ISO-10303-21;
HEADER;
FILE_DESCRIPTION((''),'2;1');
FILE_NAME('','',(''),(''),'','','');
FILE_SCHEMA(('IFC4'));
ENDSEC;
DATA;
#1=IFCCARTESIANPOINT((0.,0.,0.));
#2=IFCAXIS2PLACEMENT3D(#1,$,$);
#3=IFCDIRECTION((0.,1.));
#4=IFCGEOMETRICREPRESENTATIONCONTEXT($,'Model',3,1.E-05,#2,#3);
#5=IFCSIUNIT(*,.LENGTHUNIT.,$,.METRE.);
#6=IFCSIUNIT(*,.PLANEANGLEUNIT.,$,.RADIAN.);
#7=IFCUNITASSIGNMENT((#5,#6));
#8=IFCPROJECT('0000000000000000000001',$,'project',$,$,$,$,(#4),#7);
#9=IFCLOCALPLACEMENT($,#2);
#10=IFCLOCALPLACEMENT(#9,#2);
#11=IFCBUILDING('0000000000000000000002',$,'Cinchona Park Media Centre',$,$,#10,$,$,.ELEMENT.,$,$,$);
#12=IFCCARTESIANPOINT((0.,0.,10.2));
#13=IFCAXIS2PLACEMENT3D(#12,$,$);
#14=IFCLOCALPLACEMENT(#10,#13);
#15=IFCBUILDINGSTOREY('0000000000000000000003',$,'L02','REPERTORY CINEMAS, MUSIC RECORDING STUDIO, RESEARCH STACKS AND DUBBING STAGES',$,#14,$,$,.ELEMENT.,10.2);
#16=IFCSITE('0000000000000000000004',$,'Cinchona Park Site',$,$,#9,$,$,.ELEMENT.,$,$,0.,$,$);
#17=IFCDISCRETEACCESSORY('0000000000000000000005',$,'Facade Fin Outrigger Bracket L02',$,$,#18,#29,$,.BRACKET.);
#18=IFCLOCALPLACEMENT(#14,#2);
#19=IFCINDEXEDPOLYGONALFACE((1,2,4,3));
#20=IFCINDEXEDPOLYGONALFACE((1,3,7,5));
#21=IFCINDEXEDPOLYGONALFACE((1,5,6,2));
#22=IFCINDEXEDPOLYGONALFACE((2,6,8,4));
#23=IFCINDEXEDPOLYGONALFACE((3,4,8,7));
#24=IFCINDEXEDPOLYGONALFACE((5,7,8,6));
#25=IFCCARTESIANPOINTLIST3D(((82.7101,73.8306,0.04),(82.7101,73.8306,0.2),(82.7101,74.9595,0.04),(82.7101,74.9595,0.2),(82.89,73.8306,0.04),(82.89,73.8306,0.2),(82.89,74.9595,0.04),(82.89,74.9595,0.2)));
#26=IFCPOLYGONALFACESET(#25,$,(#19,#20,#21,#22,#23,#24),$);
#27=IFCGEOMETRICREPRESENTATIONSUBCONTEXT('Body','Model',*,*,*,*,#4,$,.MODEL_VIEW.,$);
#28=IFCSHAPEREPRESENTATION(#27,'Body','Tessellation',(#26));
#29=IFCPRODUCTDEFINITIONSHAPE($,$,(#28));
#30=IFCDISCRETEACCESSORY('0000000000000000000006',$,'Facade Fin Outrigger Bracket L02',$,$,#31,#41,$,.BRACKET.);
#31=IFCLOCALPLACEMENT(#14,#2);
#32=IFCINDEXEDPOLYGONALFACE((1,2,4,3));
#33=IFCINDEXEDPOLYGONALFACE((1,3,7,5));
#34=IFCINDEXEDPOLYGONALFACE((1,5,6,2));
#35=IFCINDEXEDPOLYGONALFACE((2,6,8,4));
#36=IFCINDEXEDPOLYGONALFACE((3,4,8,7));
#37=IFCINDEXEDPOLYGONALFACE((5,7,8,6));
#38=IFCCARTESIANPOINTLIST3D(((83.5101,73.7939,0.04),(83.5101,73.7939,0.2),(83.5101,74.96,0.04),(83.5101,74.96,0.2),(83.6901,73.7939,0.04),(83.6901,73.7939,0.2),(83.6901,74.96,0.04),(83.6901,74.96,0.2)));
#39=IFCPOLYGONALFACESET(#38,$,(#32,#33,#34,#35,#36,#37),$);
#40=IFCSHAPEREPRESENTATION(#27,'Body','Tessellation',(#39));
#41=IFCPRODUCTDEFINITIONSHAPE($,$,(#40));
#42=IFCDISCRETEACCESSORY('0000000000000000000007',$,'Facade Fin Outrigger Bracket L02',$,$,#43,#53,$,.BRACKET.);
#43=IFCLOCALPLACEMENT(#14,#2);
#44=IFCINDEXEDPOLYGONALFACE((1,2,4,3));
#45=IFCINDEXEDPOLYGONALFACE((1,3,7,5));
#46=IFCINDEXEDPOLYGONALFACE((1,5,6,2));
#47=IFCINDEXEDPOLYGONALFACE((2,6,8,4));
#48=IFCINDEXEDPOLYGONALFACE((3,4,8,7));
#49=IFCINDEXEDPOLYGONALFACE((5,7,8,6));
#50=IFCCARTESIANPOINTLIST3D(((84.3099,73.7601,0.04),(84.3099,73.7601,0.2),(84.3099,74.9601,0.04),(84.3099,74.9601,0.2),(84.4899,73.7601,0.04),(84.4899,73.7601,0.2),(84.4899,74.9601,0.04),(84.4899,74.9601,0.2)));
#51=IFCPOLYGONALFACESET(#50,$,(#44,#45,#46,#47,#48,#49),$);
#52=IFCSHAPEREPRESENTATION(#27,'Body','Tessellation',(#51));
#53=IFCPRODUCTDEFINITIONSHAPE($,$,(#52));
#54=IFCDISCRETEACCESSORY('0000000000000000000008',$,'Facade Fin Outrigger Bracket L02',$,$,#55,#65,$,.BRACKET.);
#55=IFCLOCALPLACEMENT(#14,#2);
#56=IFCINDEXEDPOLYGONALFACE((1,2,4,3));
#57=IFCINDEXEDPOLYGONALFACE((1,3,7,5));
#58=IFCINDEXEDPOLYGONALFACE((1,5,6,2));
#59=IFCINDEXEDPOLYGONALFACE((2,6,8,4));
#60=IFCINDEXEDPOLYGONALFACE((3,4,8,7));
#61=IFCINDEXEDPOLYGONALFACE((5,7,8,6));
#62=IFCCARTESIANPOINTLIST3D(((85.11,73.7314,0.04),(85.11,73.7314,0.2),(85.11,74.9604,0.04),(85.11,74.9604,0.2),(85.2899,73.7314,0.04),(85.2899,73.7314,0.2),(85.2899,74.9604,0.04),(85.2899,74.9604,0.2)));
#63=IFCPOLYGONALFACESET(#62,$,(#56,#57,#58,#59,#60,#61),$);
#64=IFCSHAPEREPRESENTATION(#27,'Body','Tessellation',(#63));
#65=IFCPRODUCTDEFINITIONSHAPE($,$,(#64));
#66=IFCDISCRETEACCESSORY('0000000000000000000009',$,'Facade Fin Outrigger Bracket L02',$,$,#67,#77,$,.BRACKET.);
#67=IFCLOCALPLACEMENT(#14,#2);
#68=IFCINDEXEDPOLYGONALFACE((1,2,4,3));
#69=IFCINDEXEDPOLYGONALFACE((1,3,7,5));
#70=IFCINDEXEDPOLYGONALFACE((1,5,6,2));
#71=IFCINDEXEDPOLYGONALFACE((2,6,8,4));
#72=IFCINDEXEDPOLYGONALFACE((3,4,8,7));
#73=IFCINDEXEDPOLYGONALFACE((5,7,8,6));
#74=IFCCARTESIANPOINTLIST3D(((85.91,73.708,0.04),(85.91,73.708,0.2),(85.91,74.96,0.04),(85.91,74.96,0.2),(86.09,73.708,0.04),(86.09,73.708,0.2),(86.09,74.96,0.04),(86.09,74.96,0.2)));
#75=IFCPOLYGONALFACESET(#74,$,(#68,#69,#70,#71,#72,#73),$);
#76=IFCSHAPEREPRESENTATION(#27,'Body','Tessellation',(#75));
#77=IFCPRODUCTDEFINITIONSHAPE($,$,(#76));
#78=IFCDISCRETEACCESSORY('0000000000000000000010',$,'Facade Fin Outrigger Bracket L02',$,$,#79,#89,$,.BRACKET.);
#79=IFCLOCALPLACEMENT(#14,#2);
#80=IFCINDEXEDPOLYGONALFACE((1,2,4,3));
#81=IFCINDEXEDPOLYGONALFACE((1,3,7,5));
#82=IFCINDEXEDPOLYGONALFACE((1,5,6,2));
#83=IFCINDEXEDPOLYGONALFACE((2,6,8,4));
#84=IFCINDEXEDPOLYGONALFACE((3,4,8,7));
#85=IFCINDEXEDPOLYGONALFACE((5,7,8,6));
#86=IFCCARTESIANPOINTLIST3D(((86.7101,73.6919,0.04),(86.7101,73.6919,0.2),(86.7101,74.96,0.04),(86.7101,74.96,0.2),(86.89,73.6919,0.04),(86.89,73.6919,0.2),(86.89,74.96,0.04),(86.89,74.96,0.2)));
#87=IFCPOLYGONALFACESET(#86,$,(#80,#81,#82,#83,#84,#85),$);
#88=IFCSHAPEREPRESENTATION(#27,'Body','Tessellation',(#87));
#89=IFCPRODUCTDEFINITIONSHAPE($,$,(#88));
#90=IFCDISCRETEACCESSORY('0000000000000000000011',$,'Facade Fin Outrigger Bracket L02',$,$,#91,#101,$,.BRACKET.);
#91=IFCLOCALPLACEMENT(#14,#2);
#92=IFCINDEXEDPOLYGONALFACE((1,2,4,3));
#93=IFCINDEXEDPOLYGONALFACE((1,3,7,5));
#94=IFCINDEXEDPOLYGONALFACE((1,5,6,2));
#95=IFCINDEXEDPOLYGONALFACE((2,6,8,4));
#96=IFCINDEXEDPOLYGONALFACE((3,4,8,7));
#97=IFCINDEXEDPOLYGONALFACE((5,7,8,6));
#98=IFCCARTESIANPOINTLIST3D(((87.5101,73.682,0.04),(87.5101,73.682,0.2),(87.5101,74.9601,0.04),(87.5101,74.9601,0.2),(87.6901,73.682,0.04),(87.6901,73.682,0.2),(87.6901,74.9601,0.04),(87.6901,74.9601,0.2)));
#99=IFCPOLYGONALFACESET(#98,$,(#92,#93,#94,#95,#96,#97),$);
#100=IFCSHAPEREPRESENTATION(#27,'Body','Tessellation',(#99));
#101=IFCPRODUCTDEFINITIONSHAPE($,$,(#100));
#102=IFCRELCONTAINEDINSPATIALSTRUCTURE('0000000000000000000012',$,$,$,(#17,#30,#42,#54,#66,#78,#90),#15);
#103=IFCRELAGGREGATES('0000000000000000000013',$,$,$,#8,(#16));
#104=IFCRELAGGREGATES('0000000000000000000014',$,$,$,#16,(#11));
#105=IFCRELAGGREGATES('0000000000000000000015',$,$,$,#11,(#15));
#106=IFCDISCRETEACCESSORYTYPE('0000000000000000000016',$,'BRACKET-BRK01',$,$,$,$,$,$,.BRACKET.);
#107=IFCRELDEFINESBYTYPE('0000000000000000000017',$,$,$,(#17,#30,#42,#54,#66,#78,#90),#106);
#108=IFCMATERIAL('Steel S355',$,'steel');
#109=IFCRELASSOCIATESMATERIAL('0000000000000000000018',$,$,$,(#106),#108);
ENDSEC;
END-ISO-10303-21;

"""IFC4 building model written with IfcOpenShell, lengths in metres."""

from ifc_helpers import new_model, si_unit, direction, frame, origin, origin_2d, place, context, subcontext, project, spatial, rectangle, extrude, material, type_object, element, save


model = new_model("IFC4")

# Units and contexts
model_context = context("Model", 3, precision=1e-05, world=origin(), true_north=direction((0.0, 1.0)))
body_context = subcontext(model_context, "Body", "Model", "MODEL_VIEW")
ifc_project = project(units=[si_unit("LENGTHUNIT", "METRE"), si_unit("PLANEANGLEUNIT", "RADIAN")], contexts=[model_context])

# Site, building, storey
site_placement = place(None, origin())
site = spatial("IfcSite", under=ifc_project, at=site_placement, Name="Cinchona Park Site", CompositionType="ELEMENT", RefElevation=0.0)
building_placement = place(site_placement, origin())
building = spatial("IfcBuilding", under=site, at=building_placement, Name="Cinchona Park Media Centre", CompositionType="ELEMENT")
storey_placement = place(building_placement, frame((0.0, 0.0, 10.2)))
storey = spatial("IfcBuildingStorey", under=building, at=storey_placement, Name="L02", Description="REPERTORY CINEMAS, MUSIC RECORDING STUDIO, RESEARCH STACKS AND DUBBING STAGES", CompositionType="ELEMENT", Elevation=10.2)

# Discrete accessories
ifc_material_1 = material(Name="Steel S355", Category="steel")
discrete_accessory_type = type_object("IfcDiscreteAccessoryType", Name="BRACKET-BRK01", PredefinedType="BRACKET", material=ifc_material_1)
discrete_accessory_1_placement = place(storey_placement, frame((82.8, 74.395, 0.04), z_axis=(0.0, 0.0, 1.0), x_axis=(1.0, 0.0, 0.0)))
element("IfcDiscreteAccessory", 1, at=discrete_accessory_1_placement, inside=storey, type_object=discrete_accessory_type, Name="Facade Fin Outrigger Bracket L02", PredefinedType="BRACKET", context=body_context, shape_type="SweptSolid", body=[
    extrude(rectangle(XDim=0.1799, YDim=1.1289, at=origin_2d()), origin(), (0.0, 0.0, 1.0), 0.1599),
])
discrete_accessory_2_placement = place(storey_placement, frame((83.6001, 74.377, 0.04), z_axis=(0.0, 0.0, 1.0), x_axis=(1.0, 0.0, 0.0)))
element("IfcDiscreteAccessory", 2, at=discrete_accessory_2_placement, inside=storey, type_object=discrete_accessory_type, Name="Facade Fin Outrigger Bracket L02", PredefinedType="BRACKET", context=body_context, shape_type="SweptSolid", body=[
    extrude(rectangle(XDim=0.1799, YDim=1.166, at=origin_2d()), origin(), (0.0, 0.0, 1.0), 0.1599),
])
discrete_accessory_3_placement = place(storey_placement, frame((84.3999, 74.3601, 0.04), z_axis=(0.0, 0.0, 1.0), x_axis=(1.0, 0.0, 0.0)))
element("IfcDiscreteAccessory", 3, at=discrete_accessory_3_placement, inside=storey, type_object=discrete_accessory_type, Name="Facade Fin Outrigger Bracket L02", PredefinedType="BRACKET", context=body_context, shape_type="SweptSolid", body=[
    extrude(rectangle(XDim=0.1799, YDim=1.2, at=origin_2d()), origin(), (0.0, 0.0, 1.0), 0.1599),
])
discrete_accessory_4_placement = place(storey_placement, frame((85.2, 74.3459, 0.04), z_axis=(0.0, 0.0, 1.0), x_axis=(1.0, 0.0, 0.0)))
element("IfcDiscreteAccessory", 4, at=discrete_accessory_4_placement, inside=storey, type_object=discrete_accessory_type, Name="Facade Fin Outrigger Bracket L02", PredefinedType="BRACKET", context=body_context, shape_type="SweptSolid", body=[
    extrude(rectangle(XDim=0.1799, YDim=1.229, at=origin_2d()), origin(), (0.0, 0.0, 1.0), 0.1599),
])
discrete_accessory_5_placement = place(storey_placement, frame((86.0, 74.334, 0.04), z_axis=(0.0, 0.0, 1.0), x_axis=(1.0, 0.0, 0.0)))
element("IfcDiscreteAccessory", 5, at=discrete_accessory_5_placement, inside=storey, type_object=discrete_accessory_type, Name="Facade Fin Outrigger Bracket L02", PredefinedType="BRACKET", context=body_context, shape_type="SweptSolid", body=[
    extrude(rectangle(XDim=0.1799, YDim=1.252, at=origin_2d()), origin(), (0.0, 0.0, 1.0), 0.1599),
])
discrete_accessory_6_placement = place(storey_placement, frame((86.8, 74.3259, 0.04), z_axis=(0.0, 0.0, 1.0), x_axis=(1.0, 0.0, 0.0)))
element("IfcDiscreteAccessory", 6, at=discrete_accessory_6_placement, inside=storey, type_object=discrete_accessory_type, Name="Facade Fin Outrigger Bracket L02", PredefinedType="BRACKET", context=body_context, shape_type="SweptSolid", body=[
    extrude(rectangle(XDim=0.1799, YDim=1.2681, at=origin_2d()), origin(), (0.0, 0.0, 1.0), 0.1599),
])
discrete_accessory_7_placement = place(storey_placement, frame((87.6001, 74.321, 0.04), z_axis=(0.0, 0.0, 1.0), x_axis=(1.0, 0.0, 0.0)))
element("IfcDiscreteAccessory", 7, at=discrete_accessory_7_placement, inside=storey, type_object=discrete_accessory_type, Name="Facade Fin Outrigger Bracket L02", PredefinedType="BRACKET", context=body_context, shape_type="SweptSolid", body=[
    extrude(rectangle(XDim=0.1799, YDim=1.2781, at=origin_2d()), origin(), (0.0, 0.0, 1.0), 0.1599),
])

save(model, "model.ifc")
